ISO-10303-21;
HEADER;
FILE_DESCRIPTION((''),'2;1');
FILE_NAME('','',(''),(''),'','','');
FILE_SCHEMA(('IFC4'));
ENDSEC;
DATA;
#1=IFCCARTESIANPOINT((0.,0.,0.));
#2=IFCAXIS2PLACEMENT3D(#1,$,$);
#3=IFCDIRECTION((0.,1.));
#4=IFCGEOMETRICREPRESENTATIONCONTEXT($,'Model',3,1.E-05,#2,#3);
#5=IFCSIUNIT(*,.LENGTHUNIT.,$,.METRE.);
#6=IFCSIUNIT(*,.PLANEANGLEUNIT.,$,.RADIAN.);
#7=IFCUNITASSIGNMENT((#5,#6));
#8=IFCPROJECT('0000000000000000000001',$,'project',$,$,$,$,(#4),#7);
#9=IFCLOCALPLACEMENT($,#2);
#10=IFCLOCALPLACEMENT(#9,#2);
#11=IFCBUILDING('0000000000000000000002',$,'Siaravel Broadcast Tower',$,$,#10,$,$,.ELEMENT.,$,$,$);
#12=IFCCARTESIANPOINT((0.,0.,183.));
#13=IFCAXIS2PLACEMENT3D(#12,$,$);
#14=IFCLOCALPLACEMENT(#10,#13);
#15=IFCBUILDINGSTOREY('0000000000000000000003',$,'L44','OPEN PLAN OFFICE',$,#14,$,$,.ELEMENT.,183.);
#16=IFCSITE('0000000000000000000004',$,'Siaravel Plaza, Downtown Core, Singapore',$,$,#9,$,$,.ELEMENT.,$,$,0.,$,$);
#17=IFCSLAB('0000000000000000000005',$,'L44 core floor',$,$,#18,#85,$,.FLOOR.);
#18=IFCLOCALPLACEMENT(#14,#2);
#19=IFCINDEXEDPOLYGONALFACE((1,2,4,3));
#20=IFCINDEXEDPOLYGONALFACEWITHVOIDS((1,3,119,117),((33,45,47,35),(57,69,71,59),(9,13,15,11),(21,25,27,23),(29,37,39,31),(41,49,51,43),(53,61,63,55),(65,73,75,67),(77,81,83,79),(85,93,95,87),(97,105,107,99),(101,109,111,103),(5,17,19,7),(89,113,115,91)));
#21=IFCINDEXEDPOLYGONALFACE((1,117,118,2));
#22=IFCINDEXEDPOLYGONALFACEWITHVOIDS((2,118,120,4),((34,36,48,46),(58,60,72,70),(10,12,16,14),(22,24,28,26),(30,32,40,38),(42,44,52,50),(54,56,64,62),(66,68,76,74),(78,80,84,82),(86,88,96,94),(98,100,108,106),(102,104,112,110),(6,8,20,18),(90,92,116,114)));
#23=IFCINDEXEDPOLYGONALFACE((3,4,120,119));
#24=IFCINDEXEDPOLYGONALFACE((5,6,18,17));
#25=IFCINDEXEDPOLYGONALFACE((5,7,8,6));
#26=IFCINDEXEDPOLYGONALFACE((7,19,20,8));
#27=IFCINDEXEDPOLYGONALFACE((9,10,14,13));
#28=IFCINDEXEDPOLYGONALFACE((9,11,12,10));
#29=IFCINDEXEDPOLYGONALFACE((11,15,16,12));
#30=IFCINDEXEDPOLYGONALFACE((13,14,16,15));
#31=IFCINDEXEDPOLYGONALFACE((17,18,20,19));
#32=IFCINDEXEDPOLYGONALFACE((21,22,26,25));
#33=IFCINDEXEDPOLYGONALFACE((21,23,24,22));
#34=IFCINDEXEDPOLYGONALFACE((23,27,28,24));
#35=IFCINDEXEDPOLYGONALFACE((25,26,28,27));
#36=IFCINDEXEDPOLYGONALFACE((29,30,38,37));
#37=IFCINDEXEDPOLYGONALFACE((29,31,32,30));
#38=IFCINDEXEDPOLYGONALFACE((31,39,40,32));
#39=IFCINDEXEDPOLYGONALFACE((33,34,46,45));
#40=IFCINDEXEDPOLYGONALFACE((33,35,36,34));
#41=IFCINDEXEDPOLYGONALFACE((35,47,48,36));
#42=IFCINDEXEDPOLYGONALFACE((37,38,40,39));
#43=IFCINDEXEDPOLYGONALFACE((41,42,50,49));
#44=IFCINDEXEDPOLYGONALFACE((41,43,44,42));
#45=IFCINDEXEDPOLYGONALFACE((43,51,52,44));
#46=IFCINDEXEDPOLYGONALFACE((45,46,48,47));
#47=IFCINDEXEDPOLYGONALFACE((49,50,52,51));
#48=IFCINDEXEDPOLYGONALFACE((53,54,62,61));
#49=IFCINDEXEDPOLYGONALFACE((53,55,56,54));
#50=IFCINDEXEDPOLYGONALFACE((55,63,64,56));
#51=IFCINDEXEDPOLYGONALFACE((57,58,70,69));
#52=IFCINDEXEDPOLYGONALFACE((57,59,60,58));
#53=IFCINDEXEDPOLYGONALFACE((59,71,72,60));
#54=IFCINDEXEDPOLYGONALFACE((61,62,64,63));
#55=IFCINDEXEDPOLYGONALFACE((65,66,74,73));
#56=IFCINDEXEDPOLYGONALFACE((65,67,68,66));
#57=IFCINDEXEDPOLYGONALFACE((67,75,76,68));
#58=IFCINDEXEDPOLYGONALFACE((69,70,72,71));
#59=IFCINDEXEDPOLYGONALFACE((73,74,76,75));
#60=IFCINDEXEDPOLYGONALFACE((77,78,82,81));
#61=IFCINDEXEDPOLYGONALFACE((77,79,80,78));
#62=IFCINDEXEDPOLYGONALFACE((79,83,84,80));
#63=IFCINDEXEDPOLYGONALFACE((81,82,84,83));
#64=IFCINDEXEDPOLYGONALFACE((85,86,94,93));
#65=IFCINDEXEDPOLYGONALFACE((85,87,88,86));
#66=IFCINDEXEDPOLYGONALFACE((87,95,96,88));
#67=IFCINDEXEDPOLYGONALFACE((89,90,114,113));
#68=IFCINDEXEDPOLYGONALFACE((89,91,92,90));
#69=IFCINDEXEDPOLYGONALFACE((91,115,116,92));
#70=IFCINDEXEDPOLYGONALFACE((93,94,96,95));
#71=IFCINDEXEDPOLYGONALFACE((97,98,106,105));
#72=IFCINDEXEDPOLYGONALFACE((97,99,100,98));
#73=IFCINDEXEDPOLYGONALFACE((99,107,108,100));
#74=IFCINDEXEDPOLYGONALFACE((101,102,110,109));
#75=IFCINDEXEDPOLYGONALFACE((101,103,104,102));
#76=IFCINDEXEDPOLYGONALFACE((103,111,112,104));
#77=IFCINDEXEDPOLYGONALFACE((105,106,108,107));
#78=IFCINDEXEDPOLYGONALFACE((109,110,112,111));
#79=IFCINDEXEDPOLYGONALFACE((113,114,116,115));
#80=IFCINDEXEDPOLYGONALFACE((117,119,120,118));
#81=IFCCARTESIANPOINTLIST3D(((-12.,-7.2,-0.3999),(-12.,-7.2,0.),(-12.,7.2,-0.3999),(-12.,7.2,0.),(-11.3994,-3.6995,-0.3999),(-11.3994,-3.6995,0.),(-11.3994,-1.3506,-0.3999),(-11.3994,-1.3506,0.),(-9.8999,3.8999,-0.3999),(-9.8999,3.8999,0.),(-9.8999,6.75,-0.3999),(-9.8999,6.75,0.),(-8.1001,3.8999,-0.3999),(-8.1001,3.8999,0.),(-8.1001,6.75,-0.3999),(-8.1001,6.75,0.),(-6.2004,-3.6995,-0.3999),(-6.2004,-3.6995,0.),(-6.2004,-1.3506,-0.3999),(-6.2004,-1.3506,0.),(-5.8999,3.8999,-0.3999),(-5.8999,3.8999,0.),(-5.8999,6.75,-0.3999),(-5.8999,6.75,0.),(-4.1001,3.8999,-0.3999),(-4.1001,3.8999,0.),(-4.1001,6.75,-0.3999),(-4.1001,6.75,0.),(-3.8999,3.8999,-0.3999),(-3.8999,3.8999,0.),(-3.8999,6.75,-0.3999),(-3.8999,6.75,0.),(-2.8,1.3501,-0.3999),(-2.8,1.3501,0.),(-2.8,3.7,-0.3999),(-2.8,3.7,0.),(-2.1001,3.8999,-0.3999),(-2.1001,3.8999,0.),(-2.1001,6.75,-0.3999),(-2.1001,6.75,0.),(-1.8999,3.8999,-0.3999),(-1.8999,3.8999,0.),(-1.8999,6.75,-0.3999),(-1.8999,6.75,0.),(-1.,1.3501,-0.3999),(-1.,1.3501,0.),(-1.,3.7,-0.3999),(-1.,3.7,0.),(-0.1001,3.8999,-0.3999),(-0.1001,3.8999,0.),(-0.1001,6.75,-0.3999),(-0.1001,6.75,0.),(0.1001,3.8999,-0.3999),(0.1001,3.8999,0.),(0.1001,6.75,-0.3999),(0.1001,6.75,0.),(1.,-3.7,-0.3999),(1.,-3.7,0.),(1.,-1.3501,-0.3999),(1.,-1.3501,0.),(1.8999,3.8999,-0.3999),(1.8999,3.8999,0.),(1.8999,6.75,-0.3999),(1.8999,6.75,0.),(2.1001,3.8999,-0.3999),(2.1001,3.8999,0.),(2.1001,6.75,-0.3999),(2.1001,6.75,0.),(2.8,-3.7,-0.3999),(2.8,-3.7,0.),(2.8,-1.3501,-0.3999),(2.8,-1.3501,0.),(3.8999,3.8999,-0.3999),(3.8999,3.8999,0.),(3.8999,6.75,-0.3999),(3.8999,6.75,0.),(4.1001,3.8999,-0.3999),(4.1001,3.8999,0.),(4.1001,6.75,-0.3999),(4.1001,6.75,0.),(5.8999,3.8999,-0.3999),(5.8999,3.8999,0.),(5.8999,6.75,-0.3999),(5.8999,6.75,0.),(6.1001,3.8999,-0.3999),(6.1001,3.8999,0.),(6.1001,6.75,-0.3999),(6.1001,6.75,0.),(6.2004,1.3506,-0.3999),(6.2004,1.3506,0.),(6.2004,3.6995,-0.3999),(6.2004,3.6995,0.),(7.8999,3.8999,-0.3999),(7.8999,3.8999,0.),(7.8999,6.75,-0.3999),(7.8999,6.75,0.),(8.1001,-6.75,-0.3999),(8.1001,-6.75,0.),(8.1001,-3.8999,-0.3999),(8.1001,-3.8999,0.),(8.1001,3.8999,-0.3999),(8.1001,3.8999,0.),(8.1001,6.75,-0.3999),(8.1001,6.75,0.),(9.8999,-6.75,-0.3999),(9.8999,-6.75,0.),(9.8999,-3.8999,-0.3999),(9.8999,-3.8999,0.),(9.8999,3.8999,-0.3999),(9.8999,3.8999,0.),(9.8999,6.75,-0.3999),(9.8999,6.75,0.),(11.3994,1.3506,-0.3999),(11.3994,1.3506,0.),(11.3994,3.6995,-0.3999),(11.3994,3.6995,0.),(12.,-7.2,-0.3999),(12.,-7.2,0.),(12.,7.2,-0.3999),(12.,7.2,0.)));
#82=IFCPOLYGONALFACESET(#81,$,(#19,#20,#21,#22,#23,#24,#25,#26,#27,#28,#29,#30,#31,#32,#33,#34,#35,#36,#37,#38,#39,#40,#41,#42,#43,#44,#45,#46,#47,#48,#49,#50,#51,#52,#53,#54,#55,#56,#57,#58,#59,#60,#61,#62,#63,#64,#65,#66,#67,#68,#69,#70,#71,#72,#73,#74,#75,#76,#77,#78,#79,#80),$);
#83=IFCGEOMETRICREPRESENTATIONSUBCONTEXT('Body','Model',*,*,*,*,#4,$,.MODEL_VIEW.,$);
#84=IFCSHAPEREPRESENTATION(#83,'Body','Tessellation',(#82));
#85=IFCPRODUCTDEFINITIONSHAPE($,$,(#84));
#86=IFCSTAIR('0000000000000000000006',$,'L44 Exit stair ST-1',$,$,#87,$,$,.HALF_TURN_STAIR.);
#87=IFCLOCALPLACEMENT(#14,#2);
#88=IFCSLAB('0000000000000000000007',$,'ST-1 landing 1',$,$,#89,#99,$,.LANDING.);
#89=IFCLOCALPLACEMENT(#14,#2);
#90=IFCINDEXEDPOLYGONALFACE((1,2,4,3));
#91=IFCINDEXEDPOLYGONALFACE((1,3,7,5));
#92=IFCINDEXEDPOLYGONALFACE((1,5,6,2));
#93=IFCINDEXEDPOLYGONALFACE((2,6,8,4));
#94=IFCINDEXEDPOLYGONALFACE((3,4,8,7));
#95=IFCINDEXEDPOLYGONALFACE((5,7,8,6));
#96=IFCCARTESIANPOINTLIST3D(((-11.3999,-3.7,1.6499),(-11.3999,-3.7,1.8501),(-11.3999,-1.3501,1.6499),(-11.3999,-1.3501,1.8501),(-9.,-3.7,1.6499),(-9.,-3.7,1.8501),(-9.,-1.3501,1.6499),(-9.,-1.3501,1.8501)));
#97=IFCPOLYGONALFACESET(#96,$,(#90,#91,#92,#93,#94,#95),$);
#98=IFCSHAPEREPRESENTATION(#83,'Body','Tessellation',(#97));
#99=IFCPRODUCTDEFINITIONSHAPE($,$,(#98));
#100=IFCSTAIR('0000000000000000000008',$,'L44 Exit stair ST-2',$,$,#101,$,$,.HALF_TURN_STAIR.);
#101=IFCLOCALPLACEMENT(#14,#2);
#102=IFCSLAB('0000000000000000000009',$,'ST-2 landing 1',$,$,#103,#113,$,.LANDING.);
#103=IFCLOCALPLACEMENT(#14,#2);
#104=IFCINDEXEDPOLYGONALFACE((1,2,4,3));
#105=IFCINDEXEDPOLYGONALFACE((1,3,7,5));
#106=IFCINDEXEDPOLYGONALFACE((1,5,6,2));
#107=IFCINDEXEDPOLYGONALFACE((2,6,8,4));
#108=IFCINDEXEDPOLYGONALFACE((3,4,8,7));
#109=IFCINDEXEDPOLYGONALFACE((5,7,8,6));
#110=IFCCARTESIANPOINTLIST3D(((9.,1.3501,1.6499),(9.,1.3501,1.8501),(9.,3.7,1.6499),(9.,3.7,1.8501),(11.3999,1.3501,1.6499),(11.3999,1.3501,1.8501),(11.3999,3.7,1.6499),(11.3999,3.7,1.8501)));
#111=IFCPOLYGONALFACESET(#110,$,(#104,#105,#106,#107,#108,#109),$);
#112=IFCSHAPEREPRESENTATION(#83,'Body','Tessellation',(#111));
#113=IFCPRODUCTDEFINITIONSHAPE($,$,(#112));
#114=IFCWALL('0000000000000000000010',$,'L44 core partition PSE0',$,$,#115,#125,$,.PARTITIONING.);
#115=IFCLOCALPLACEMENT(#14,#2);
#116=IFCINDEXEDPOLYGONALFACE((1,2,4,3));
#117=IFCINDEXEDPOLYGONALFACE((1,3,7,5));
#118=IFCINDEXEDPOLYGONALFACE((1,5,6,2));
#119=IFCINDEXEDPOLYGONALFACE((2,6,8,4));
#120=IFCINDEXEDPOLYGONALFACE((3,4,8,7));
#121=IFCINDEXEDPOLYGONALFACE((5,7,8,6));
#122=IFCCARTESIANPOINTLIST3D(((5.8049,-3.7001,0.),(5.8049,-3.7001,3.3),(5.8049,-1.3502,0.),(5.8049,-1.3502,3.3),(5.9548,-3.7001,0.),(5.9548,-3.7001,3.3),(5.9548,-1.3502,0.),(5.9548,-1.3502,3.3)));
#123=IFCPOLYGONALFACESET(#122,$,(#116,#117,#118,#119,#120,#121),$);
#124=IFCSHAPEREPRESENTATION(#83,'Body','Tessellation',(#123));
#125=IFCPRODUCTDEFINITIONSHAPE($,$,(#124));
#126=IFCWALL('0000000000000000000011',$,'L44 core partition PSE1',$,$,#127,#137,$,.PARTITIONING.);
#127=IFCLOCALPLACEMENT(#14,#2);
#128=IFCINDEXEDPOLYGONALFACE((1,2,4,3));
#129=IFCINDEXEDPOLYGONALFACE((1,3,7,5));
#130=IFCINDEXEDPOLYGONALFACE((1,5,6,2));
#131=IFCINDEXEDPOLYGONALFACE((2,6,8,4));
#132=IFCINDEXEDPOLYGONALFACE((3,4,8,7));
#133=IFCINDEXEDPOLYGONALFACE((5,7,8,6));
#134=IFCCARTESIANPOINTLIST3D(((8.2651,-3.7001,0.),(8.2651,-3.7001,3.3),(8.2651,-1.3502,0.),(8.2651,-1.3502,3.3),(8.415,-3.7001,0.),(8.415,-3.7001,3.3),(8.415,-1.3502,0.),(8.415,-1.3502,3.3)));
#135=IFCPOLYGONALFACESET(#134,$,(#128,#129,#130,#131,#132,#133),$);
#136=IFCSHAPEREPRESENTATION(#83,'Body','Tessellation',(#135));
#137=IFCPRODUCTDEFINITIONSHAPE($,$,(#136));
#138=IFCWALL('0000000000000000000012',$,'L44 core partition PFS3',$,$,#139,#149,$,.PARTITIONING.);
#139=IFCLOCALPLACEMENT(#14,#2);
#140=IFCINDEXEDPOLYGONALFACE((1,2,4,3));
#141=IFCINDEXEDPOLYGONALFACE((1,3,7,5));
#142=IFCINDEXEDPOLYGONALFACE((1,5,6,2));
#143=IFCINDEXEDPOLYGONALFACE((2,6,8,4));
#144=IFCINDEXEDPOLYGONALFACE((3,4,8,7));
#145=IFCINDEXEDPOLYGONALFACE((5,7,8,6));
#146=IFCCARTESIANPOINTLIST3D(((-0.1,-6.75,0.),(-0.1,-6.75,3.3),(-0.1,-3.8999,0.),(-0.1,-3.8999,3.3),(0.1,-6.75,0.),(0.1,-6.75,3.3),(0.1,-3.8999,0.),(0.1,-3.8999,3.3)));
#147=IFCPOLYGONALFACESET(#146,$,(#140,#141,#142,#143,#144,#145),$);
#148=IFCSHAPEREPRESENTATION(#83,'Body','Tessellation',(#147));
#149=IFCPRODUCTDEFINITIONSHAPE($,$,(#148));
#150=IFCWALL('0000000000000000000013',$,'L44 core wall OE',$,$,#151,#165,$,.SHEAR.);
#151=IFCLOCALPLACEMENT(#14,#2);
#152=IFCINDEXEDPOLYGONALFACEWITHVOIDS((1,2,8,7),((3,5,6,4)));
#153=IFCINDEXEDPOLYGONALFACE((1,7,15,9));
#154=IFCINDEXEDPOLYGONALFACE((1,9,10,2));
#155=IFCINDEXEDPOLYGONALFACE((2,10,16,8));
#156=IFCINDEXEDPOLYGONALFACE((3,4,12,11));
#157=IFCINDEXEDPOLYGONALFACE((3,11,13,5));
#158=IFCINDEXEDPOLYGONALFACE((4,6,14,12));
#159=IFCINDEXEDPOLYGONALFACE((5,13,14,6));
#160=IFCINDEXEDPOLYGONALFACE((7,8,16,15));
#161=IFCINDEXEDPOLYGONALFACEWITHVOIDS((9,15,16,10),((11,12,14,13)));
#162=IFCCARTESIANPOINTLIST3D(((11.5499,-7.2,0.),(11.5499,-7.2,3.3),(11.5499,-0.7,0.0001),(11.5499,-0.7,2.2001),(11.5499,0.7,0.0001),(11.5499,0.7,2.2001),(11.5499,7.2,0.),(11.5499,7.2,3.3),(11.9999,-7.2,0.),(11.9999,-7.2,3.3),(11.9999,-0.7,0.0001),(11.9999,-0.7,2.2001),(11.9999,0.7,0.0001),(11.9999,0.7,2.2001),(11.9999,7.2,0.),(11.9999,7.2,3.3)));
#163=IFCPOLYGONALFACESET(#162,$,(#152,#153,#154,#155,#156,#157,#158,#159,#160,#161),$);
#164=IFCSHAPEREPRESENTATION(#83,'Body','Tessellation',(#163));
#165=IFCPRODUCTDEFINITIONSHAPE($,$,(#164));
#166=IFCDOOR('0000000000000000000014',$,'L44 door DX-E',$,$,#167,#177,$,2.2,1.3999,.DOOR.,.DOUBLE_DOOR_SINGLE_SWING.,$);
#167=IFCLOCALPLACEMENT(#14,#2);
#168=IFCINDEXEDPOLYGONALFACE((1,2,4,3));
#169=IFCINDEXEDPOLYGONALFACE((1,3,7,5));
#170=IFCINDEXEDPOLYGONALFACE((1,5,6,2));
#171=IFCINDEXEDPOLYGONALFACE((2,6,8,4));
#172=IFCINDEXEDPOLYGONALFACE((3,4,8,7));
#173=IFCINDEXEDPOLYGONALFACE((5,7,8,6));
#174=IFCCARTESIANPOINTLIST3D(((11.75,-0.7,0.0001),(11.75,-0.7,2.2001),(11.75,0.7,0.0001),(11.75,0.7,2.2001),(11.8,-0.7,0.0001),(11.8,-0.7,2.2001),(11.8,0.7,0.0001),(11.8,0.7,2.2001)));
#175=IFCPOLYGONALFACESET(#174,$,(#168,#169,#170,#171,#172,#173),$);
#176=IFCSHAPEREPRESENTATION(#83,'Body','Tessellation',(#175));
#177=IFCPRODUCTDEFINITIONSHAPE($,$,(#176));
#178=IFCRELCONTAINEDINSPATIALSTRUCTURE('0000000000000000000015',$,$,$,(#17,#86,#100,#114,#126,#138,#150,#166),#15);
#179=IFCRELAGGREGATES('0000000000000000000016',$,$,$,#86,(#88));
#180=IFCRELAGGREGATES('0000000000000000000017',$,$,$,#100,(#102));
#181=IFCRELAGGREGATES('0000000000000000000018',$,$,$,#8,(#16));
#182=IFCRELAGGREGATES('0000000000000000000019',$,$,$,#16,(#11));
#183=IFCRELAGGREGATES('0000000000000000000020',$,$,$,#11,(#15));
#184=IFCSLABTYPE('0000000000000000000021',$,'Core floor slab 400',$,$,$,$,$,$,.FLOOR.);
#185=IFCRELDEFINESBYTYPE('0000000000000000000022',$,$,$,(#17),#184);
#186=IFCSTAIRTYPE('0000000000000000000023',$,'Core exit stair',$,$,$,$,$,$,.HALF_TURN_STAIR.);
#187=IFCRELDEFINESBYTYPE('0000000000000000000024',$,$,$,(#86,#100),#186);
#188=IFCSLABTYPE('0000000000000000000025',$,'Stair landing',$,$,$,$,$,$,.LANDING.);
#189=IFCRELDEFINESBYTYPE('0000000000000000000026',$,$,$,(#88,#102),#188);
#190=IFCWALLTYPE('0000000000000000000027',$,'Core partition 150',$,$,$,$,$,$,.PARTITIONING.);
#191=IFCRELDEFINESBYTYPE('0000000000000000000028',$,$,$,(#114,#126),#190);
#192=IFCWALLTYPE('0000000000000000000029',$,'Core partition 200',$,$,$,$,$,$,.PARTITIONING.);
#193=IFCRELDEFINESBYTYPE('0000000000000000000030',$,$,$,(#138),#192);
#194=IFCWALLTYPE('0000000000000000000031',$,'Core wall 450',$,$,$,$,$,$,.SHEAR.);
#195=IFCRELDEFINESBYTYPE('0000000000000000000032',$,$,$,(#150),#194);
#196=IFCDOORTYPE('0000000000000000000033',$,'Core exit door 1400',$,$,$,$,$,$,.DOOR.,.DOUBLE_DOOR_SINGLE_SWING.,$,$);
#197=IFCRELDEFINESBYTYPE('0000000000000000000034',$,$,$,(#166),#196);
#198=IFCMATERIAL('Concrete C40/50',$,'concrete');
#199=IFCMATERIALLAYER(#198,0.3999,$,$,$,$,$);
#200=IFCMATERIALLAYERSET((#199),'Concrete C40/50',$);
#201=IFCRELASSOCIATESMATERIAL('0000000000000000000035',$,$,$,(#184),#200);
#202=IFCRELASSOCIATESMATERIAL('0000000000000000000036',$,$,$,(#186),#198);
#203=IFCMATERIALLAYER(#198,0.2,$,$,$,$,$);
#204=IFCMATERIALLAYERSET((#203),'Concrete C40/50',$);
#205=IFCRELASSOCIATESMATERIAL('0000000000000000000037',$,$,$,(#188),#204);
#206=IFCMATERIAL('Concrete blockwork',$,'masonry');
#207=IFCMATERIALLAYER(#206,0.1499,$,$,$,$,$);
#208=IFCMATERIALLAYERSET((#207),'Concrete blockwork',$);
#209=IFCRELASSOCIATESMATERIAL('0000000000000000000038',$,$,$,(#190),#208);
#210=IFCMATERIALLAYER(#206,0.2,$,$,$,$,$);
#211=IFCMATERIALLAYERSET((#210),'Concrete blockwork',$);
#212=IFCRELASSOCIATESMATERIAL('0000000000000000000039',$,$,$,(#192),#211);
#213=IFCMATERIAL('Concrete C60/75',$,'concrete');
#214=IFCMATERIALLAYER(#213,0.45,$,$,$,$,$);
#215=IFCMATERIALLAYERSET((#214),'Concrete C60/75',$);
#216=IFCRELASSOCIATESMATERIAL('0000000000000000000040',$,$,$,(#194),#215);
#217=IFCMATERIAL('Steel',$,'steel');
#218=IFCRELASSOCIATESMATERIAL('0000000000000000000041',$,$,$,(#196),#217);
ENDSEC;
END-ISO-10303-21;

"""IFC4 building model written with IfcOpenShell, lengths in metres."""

from ifc_helpers import new_model, si_unit, direction, frame, frame_2d, origin, place, context, subcontext, project, spatial, polyline, rectangle, outline, extrude, material, layer, layer_set, type_object, element, fill, aggregate, save


model = new_model("IFC4")

# Units and contexts
model_context = context("Model", 3, precision=1e-05, world=origin(), true_north=direction((0.0, 1.0)))
body_context = subcontext(model_context, "Body", "Model", "MODEL_VIEW")
ifc_project = project(units=[si_unit("LENGTHUNIT", "METRE"), si_unit("PLANEANGLEUNIT", "RADIAN")], contexts=[model_context])

# Site, building, storey
site_placement = place(None, origin())
site = spatial("IfcSite", under=ifc_project, at=site_placement, Name="Siaravel Plaza, Downtown Core, Singapore", CompositionType="ELEMENT", RefElevation=0.0)
building_placement = place(site_placement, origin())
building = spatial("IfcBuilding", under=site, at=building_placement, Name="Siaravel Broadcast Tower", CompositionType="ELEMENT")
storey_placement = place(building_placement, frame((0.0, 0.0, 183.0)))
storey = spatial("IfcBuildingStorey", under=building, at=storey_placement, Name="L44", Description="OPEN PLAN OFFICE", CompositionType="ELEMENT", Elevation=183.0)

# Slab
ifc_material_1 = material(Name="Concrete C40/50", Category="concrete")
ifc_layer_1 = layer(ifc_material_1, 0.3999)
ifc_layer_set_1 = layer_set([ifc_layer_1], Name="Concrete C40/50")
slab_type_1 = type_object("IfcSlabType", Name="Core floor slab 400", PredefinedType="FLOOR", material=ifc_layer_set_1)
slab_1_placement = place(storey_placement, frame((0.0, 0.0, -0.3999)))
element("IfcSlab", 1, at=slab_1_placement, inside=storey, type_object=slab_type_1, Name="L44 core floor", PredefinedType="FLOOR", context=body_context, shape_type="SweptSolid", body=[
    extrude(outline(polyline([(-12.0, -7.2), (-12.0, 7.2), (12.0, 7.2), (12.0, -7.2), (-12.0, -7.2)]), holes=[polyline([(11.3994, 1.3506), (11.3994, 3.6995), (6.2004, 3.6995), (6.2004, 1.3506), (11.3994, 1.3506)]), polyline([(8.1001, -3.8999), (8.1001, -6.75), (9.8999, -6.75), (9.8999, -3.8999), (8.1001, -3.8999)]), polyline([(9.8999, 6.75), (8.1001, 6.75), (8.1001, 3.8999), (9.8999, 3.8999), (9.8999, 6.75)]), polyline([(7.8999, 6.75), (6.1001, 6.75), (6.1001, 3.8999), (7.8999, 3.8999), (7.8999, 6.75)]), polyline([(5.8999, 6.75), (4.1001, 6.75), (4.1001, 3.8999), (5.8999, 3.8999), (5.8999, 6.75)]), polyline([(3.8999, 6.75), (2.1001, 6.75), (2.1001, 3.8999), (3.8999, 3.8999), (3.8999, 6.75)]), polyline([(2.8, -1.3501), (1.0, -1.3501), (1.0, -3.7), (2.8, -3.7), (2.8, -1.3501)]), polyline([(1.8999, 6.75), (0.1001, 6.75), (0.1001, 3.8999), (1.8999, 3.8999), (1.8999, 6.75)]), polyline([(-0.1001, 6.75), (-1.8999, 6.75), (-1.8999, 3.8999), (-0.1001, 3.8999), (-0.1001, 6.75)]), polyline([(-1.0, 3.7), (-2.8, 3.7), (-2.8, 1.3501), (-1.0, 1.3501), (-1.0, 3.7)]), polyline([(-2.1001, 6.75), (-3.8999, 6.75), (-3.8999, 3.8999), (-2.1001, 3.8999), (-2.1001, 6.75)]), polyline([(-4.1001, 6.75), (-5.8999, 6.75), (-5.8999, 3.8999), (-4.1001, 3.8999), (-4.1001, 6.75)]), polyline([(-11.3994, -3.6995), (-6.2004, -3.6995), (-6.2004, -1.3506), (-11.3994, -1.3506), (-11.3994, -3.6995)]), polyline([(-8.1001, 6.75), (-9.8999, 6.75), (-9.8999, 3.8999), (-8.1001, 3.8999), (-8.1001, 6.75)])]), origin(), (0.0, 0.0, 1.0), 0.3999),
])

# Stairs, slabs
stair_type = type_object("IfcStairType", Name="Core exit stair", PredefinedType="HALF_TURN_STAIR", material=ifc_material_1)
stair_1_placement = place(storey_placement, origin())
stair_1 = element("IfcStair", 2, at=stair_1_placement, inside=storey, type_object=stair_type, Name="L44 Exit stair ST-1", PredefinedType="HALF_TURN_STAIR")
ifc_layer_2 = layer(ifc_material_1, 0.2)
ifc_layer_set_2 = layer_set([ifc_layer_2], Name="Concrete C40/50")
slab_type_2 = type_object("IfcSlabType", Name="Stair landing", PredefinedType="LANDING", material=ifc_layer_set_2)
slab_2_placement = place(storey_placement, frame((0.0, 0.0, 1.6499)))
slab_2 = element("IfcSlab", 3, at=slab_2_placement, type_object=slab_type_2, Name="ST-1 landing 1", PredefinedType="LANDING", context=body_context, shape_type="SweptSolid", body=[
    extrude(outline(polyline([(-9.0, -1.3501), (-11.3999, -1.3501), (-11.3999, -3.7), (-9.0, -3.7), (-9.0, -1.3501)])), origin(), (0.0, 0.0, 1.0), 0.2002),
])
aggregate(stair_1, [slab_2])
stair_2_placement = place(storey_placement, origin())
stair_2 = element("IfcStair", 4, at=stair_2_placement, inside=storey, type_object=stair_type, Name="L44 Exit stair ST-2", PredefinedType="HALF_TURN_STAIR")
slab_3_placement = place(storey_placement, frame((0.0, 0.0, 1.6499)))
slab_3 = element("IfcSlab", 5, at=slab_3_placement, type_object=slab_type_2, Name="ST-2 landing 1", PredefinedType="LANDING", context=body_context, shape_type="SweptSolid", body=[
    extrude(outline(polyline([(9.0, 1.3501), (11.3999, 1.3501), (11.3999, 3.7), (9.0, 3.7), (9.0, 1.3501)])), origin(), (0.0, 0.0, 1.0), 0.2002),
])
aggregate(stair_2, [slab_3])

# Walls
ifc_material_2 = material(Name="Concrete blockwork", Category="masonry")
ifc_layer_3 = layer(ifc_material_2, 0.1499)
ifc_layer_set_3 = layer_set([ifc_layer_3], Name="Concrete blockwork")
wall_type_1 = type_object("IfcWallType", Name="Core partition 150", PredefinedType="PARTITIONING", material=ifc_layer_set_3)
for number, where, z_axis, x_axis, name in (
    (6, (5.8799, -3.7, 0.0), (0.0, 0.0, 1.0), (0.0, 1.0, 0.0), "L44 core partition PSE0"),
    (7, (8.3401, -3.7, 0.0), (0.0, 0.0, 1.0), (0.0, 1.0, 0.0), "L44 core partition PSE1"),
):
    element("IfcWall", number, at=place(storey_placement, frame(where, z_axis=z_axis, x_axis=x_axis)), inside=storey, type_object=wall_type_1, Name=name, PredefinedType="PARTITIONING", context=body_context, shape_type="SweptSolid", body=[
        extrude(rectangle(XDim=2.3499, YDim=0.1499, at=frame_2d((1.1748, 0.0))), origin(), (0.0, 0.0, 1.0), 3.3),
    ])
ifc_layer_4 = layer(ifc_material_2, 0.2)
ifc_layer_set_4 = layer_set([ifc_layer_4], Name="Concrete blockwork")
wall_type_2 = type_object("IfcWallType", Name="Core partition 200", PredefinedType="PARTITIONING", material=ifc_layer_set_4)
wall_1_placement = place(storey_placement, frame((0.0, -6.75, 0.0), z_axis=(0.0, 0.0, 1.0), x_axis=(0.0, 1.0, 0.0)))
element("IfcWall", 8, at=wall_1_placement, inside=storey, type_object=wall_type_2, Name="L44 core partition PFS3", PredefinedType="PARTITIONING", context=body_context, shape_type="SweptSolid", body=[
    extrude(rectangle(XDim=2.8501, YDim=0.2, at=frame_2d((1.425, 0.0))), origin(), (0.0, 0.0, 1.0), 3.3),
])

# Wall, opening, door
ifc_material_3 = material(Name="Concrete C60/75", Category="concrete")
ifc_layer_5 = layer(ifc_material_3, 0.45)
ifc_layer_set_5 = layer_set([ifc_layer_5], Name="Concrete C60/75")
wall_type_3 = type_object("IfcWallType", Name="Core wall 450", PredefinedType="SHEAR", material=ifc_layer_set_5)
wall_2_placement = place(storey_placement, frame((11.7749, -7.2, 0.0), z_axis=(0.0, 0.0, 1.0), x_axis=(0.0, 1.0, 0.0)))
wall_2 = element("IfcWall", 9, at=wall_2_placement, inside=storey, type_object=wall_type_3, Name="L44 core wall OE", PredefinedType="SHEAR", context=body_context, shape_type="SweptSolid", body=[
    extrude(rectangle(XDim=14.3999, YDim=0.45, at=frame_2d((7.2, 0.0))), origin(), (0.0, 0.0, 1.0), 3.3),
])
opening_1_placement = place(wall_2_placement, frame((6.5, 0.0, 0.0)))
opening_1 = element("IfcOpeningElement", 10, at=opening_1_placement, cuts=wall_2, PredefinedType="OPENING", context=body_context, shape_type="SweptSolid", body=[
    extrude(rectangle(XDim=1.3999, YDim=2.2, at=frame_2d((0.7, 1.1001))), frame((0.0, 0.2349, 0.0), z_axis=(0.0, -1.0, 0.0), x_axis=(1.0, 0.0, 0.0)), (0.0, 0.0, 1.0), 0.47),
])
ifc_material_4 = material(Name="Steel", Category="steel")
door_type_1 = type_object("IfcDoorType", Name="Core exit door 1400", OperationType="DOUBLE_DOOR_SINGLE_SWING", PredefinedType="DOOR", material=ifc_material_4)
door_1_placement = place(opening_1_placement, origin())
door_1 = element("IfcDoor", 11, at=door_1_placement, inside=storey, type_object=door_type_1, Name="L44 door DX-E", OperationType="DOUBLE_DOOR_SINGLE_SWING", OverallHeight=2.2, OverallWidth=1.3999, PredefinedType="DOOR", context=body_context, shape_type="SweptSolid", body=[
    extrude(rectangle(XDim=1.3999, YDim=2.2, at=frame_2d((0.7, 1.1001))), frame((0.0, 0.0249, 0.0), z_axis=(0.0, -1.0, 0.0), x_axis=(1.0, 0.0, 0.0)), (0.0, 0.0, 1.0), 0.05),
])
fill(opening_1, door_1)

save(model, "model.ifc")
